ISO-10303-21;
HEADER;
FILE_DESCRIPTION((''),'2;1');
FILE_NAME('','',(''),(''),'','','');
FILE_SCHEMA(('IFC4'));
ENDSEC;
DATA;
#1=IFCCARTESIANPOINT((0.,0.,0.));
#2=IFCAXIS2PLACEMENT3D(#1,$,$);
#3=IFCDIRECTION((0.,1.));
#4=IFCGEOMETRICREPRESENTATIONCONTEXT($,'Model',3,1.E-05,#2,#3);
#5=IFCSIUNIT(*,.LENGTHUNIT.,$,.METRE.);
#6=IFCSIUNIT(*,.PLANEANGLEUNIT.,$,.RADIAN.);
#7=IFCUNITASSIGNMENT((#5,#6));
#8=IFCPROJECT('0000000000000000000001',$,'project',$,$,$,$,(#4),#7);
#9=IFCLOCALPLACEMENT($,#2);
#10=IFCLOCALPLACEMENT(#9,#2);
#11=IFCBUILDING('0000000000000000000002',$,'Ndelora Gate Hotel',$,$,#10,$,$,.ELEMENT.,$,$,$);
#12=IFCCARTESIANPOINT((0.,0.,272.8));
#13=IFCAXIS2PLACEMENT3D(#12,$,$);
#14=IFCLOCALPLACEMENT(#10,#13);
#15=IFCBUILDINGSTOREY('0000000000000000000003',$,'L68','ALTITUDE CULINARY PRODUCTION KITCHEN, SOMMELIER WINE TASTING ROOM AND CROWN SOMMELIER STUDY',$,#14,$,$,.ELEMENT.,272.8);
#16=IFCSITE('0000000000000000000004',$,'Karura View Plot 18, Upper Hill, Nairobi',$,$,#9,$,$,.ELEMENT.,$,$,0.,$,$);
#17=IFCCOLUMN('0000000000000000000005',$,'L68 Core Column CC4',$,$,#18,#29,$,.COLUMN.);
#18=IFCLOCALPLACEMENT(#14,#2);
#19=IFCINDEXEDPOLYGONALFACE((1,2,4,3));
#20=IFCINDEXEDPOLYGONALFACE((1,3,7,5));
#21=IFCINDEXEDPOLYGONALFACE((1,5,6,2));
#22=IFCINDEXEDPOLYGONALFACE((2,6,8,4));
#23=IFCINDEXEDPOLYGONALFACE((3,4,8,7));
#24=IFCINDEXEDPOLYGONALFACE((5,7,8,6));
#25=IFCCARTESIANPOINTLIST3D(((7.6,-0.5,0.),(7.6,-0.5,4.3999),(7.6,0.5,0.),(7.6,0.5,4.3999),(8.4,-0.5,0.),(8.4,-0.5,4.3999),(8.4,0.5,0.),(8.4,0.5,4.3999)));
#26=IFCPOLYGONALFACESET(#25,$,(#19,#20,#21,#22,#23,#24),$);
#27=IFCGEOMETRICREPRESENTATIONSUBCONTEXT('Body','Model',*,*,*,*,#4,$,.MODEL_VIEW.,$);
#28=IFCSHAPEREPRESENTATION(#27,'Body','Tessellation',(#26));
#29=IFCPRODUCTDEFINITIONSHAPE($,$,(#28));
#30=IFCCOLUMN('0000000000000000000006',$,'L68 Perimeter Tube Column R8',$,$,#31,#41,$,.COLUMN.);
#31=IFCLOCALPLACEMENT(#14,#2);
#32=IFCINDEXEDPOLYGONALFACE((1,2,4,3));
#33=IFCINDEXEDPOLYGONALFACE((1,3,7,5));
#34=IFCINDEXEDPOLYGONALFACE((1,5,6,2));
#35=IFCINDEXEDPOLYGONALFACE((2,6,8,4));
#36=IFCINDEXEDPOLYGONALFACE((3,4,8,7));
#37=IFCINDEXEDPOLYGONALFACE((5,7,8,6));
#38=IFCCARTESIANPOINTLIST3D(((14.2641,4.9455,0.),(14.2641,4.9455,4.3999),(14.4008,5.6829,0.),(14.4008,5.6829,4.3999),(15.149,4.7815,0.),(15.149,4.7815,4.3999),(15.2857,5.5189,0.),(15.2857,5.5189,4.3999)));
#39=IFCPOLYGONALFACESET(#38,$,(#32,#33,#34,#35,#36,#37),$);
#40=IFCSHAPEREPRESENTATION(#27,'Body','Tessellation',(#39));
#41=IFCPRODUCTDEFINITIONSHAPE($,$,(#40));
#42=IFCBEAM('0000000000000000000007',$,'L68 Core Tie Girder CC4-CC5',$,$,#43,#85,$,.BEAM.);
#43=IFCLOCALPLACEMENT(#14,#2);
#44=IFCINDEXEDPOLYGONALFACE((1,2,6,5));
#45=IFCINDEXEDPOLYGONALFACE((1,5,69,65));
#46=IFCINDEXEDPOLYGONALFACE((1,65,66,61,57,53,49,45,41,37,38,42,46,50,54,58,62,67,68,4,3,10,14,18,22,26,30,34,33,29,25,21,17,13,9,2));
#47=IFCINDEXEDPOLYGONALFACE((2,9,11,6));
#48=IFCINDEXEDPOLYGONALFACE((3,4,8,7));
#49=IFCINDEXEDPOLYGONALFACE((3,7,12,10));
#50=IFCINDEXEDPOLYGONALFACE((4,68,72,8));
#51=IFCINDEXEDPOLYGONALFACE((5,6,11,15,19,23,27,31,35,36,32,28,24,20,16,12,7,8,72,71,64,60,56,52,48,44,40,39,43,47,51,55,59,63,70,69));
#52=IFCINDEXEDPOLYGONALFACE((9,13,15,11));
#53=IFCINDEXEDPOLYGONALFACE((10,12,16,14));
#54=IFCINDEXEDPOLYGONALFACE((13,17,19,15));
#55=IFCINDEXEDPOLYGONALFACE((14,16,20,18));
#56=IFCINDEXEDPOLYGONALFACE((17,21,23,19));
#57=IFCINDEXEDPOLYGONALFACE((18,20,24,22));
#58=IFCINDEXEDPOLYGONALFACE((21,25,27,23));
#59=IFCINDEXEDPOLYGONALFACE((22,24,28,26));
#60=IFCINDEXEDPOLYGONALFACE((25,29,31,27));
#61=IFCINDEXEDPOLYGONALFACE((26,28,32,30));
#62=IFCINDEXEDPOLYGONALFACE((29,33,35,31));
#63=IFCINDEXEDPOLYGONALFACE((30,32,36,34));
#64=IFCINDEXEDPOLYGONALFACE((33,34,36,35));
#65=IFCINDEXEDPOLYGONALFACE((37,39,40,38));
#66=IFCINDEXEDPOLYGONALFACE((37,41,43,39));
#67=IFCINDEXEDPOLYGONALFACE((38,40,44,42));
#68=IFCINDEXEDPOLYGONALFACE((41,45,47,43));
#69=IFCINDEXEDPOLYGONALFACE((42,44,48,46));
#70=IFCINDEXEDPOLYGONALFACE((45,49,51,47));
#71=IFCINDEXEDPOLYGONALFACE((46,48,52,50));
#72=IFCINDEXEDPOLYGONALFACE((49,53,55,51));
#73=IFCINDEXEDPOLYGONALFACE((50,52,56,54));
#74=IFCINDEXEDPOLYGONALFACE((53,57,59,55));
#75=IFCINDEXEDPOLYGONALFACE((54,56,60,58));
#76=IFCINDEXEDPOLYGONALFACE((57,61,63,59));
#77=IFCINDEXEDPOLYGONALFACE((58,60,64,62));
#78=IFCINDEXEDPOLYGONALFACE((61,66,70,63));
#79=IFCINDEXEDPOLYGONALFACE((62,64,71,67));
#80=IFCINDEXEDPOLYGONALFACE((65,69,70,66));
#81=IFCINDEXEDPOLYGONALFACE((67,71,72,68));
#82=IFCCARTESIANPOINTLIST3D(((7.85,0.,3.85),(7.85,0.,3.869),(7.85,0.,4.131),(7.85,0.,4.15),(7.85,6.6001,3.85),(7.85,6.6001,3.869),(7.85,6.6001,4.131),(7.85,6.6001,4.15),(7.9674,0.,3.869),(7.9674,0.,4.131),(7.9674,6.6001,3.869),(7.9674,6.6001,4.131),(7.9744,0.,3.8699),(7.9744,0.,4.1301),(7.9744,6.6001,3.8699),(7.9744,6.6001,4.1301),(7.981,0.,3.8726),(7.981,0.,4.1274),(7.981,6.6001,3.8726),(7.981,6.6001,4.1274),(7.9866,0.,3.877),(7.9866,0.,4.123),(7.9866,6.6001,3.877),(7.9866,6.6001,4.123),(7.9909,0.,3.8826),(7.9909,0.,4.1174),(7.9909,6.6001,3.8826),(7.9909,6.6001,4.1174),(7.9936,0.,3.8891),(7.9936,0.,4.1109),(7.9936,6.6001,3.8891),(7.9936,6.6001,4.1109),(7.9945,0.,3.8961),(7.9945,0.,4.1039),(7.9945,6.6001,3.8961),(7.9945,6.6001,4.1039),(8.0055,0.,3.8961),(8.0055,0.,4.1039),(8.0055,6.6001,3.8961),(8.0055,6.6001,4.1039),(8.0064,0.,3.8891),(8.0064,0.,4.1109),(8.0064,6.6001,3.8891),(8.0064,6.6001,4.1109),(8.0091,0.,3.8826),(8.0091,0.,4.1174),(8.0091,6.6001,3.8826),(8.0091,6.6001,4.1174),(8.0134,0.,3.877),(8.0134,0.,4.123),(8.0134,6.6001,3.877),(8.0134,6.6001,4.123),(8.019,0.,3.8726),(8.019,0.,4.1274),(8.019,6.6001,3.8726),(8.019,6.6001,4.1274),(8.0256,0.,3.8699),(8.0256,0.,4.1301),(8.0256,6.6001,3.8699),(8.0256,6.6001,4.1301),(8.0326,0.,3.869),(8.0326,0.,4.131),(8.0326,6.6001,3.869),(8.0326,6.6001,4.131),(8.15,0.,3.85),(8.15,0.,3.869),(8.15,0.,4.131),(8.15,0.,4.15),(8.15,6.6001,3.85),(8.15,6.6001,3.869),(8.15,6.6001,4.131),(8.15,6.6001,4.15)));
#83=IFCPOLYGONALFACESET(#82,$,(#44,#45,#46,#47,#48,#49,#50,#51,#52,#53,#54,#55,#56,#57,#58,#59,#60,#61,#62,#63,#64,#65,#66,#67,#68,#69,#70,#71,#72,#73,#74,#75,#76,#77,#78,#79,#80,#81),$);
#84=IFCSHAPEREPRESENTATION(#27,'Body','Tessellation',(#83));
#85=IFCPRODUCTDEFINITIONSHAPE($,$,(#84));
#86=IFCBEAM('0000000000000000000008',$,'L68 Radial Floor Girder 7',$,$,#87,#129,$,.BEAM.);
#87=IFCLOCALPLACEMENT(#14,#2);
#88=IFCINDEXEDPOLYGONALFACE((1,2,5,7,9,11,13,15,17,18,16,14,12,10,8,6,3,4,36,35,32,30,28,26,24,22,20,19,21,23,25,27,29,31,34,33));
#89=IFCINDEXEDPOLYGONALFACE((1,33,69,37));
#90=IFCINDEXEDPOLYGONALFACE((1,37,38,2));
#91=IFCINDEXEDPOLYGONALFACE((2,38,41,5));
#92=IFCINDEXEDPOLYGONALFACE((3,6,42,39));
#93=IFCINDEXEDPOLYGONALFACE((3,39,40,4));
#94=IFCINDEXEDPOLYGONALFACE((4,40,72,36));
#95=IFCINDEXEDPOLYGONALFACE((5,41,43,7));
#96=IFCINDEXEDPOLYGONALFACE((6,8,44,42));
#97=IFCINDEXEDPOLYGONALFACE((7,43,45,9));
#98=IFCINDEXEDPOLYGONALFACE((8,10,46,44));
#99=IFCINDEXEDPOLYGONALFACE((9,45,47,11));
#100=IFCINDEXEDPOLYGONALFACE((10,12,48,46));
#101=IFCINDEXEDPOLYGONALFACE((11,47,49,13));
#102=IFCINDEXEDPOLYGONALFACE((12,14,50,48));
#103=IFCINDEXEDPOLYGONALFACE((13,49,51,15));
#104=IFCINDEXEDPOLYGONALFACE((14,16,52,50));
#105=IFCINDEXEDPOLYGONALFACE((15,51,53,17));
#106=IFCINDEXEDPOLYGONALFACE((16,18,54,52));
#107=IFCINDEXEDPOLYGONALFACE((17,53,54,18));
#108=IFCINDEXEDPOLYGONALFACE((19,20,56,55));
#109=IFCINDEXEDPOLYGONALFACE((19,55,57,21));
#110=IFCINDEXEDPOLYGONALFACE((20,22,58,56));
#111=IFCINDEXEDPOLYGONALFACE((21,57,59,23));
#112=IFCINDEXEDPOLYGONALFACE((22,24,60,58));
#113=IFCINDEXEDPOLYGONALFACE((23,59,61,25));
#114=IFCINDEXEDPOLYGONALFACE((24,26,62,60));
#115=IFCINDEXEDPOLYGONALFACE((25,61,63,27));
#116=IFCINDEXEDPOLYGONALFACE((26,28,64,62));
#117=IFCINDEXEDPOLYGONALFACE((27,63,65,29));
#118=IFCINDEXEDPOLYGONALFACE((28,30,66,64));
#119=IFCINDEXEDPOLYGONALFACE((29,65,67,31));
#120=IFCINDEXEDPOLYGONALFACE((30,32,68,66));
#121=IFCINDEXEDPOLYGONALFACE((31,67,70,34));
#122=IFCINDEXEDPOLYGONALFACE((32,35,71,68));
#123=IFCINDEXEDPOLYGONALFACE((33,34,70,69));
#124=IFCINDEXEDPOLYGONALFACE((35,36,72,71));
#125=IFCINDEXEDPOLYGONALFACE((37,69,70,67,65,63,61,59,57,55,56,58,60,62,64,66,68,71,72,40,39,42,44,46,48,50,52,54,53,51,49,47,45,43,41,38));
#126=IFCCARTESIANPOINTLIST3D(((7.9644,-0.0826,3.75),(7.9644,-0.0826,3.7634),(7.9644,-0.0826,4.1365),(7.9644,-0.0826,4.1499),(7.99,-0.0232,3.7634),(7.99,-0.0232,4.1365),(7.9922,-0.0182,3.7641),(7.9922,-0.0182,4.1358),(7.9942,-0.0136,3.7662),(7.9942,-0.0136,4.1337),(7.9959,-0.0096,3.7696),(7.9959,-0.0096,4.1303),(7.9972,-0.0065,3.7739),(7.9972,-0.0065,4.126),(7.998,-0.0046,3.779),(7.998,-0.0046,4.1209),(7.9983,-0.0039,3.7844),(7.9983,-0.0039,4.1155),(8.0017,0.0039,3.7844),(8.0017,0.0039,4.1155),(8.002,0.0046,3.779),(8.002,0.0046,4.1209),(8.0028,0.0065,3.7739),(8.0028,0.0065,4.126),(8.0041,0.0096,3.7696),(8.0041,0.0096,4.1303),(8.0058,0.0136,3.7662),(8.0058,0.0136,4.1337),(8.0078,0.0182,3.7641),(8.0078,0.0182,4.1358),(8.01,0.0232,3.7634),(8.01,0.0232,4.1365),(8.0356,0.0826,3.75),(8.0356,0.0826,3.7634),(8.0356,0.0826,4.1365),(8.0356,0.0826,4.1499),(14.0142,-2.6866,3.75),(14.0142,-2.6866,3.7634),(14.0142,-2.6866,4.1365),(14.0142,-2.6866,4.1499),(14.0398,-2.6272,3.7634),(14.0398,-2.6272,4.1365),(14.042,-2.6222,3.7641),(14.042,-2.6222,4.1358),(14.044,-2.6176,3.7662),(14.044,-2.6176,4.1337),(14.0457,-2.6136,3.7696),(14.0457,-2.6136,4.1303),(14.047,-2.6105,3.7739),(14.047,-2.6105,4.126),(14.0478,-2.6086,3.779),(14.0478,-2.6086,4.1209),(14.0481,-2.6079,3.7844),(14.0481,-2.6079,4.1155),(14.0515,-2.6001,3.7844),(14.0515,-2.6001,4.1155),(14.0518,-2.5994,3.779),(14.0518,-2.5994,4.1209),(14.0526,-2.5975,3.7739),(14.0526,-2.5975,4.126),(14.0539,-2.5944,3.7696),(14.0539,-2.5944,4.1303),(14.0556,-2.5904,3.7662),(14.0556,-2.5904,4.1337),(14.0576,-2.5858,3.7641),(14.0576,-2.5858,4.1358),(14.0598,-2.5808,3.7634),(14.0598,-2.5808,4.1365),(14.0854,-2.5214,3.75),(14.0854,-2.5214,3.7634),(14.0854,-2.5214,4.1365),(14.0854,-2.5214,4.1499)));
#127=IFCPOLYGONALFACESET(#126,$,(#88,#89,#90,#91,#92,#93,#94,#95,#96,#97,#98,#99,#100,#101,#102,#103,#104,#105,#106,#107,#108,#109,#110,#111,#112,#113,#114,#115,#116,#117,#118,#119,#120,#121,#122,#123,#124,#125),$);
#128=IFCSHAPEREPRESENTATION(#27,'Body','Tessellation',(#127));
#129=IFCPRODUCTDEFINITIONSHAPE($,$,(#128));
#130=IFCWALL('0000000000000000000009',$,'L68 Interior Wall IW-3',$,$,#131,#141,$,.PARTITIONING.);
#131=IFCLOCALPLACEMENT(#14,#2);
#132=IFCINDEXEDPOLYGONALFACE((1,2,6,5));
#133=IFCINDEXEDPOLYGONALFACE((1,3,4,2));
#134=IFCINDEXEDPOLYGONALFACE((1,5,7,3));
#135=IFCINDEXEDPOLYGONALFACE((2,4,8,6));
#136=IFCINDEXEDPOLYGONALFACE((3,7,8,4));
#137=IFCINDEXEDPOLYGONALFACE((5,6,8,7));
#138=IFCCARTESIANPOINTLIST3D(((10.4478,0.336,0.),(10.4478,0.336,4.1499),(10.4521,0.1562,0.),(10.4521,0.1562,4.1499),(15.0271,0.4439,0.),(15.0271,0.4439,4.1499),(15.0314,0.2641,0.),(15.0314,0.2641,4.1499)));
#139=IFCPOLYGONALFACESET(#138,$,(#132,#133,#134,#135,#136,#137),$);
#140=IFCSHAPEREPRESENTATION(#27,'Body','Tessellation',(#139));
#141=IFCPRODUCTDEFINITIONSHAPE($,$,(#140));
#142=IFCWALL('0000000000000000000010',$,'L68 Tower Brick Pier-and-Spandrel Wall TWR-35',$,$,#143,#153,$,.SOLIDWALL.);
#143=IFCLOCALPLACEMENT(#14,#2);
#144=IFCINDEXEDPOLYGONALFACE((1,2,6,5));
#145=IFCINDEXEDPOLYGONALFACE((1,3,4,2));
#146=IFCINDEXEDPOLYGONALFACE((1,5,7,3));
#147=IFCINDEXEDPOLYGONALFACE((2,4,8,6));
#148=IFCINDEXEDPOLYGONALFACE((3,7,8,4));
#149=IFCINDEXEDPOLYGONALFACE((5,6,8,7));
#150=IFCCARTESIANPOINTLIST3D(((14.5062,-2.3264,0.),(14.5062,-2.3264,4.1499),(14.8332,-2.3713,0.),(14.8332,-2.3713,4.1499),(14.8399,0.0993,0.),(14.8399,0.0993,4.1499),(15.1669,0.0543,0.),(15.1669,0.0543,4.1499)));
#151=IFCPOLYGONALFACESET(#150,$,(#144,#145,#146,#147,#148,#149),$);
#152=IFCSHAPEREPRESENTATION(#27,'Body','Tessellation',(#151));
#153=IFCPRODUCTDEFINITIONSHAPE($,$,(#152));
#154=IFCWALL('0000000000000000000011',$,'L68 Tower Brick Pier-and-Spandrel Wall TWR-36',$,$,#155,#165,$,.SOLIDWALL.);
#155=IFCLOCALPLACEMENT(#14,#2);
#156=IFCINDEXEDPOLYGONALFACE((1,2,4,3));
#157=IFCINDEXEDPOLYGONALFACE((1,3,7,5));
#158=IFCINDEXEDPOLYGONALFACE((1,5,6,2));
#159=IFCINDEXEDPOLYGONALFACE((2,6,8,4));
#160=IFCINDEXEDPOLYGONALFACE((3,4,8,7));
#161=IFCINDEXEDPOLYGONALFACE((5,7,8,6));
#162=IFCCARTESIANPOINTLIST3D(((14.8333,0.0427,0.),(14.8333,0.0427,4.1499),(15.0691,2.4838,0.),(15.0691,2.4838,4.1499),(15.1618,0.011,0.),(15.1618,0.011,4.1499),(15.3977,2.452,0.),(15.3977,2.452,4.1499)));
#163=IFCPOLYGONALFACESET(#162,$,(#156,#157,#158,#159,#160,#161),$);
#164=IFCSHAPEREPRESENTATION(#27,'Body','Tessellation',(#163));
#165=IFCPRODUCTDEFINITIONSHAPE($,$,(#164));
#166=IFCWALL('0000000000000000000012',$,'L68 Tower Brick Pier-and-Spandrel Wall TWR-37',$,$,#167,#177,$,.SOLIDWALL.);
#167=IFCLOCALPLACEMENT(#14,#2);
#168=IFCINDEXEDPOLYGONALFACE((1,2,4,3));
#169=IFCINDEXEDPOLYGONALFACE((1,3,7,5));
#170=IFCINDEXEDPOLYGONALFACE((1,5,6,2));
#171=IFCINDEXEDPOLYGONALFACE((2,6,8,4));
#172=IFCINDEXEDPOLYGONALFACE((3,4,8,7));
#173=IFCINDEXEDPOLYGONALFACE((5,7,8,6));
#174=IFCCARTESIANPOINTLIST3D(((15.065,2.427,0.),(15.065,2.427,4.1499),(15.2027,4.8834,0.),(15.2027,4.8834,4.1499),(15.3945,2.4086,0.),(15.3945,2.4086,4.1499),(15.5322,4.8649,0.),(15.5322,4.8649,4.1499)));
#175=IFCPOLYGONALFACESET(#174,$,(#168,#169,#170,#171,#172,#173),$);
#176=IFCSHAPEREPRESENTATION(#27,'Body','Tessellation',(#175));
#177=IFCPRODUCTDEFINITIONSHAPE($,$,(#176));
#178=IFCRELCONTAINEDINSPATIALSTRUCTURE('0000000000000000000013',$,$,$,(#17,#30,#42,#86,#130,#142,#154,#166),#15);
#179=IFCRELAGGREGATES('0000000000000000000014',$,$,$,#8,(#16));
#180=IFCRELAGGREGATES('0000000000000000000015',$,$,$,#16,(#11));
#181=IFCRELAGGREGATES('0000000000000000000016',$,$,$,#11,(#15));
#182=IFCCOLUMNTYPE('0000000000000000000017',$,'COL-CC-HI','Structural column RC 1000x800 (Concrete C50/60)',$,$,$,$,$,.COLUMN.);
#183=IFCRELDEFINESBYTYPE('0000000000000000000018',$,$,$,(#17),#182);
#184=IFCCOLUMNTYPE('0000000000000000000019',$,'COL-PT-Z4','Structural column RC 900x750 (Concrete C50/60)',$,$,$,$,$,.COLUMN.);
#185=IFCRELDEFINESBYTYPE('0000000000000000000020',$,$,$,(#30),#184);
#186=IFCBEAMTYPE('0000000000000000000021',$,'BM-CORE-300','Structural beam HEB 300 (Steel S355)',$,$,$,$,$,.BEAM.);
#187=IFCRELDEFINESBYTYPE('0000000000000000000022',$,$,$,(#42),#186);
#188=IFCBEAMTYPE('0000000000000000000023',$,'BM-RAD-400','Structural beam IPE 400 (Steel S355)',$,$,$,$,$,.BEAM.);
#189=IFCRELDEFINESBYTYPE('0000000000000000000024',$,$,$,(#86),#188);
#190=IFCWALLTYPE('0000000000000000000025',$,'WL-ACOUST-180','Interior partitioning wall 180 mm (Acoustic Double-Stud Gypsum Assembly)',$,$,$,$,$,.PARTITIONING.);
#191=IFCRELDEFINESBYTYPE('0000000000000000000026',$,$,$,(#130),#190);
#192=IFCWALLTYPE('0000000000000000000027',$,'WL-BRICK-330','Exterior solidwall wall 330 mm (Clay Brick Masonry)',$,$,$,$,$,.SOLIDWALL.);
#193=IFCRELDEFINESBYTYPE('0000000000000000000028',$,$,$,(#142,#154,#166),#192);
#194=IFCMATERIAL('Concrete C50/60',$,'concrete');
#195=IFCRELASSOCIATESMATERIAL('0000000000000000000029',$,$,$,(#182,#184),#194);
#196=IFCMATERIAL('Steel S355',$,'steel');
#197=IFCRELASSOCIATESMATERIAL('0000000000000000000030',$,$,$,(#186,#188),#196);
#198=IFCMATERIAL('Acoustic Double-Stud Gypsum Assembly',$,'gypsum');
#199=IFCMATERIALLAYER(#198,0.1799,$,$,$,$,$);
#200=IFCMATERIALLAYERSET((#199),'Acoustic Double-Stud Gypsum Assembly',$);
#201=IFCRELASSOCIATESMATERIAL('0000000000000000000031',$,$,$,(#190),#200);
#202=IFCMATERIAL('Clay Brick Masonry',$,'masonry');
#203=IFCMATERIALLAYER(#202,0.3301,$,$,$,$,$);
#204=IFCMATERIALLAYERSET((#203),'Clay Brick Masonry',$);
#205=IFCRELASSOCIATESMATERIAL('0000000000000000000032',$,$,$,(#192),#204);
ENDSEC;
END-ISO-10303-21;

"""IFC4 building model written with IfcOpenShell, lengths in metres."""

from ifc_helpers import new_model, si_unit, direction, frame, frame_2d, origin, origin_2d, place, context, subcontext, project, spatial, rectangle, i_section, extrude, material, layer, layer_set, material_profile, profile_set, type_object, element, save


model = new_model("IFC4")

# Units and contexts
model_context = context("Model", 3, precision=1e-05, world=origin(), true_north=direction((0.0, 1.0)))
body_context = subcontext(model_context, "Body", "Model", "MODEL_VIEW")
ifc_project = project(units=[si_unit("LENGTHUNIT", "METRE"), si_unit("PLANEANGLEUNIT", "RADIAN")], contexts=[model_context])

# Site, building, storey
site_placement = place(None, origin())
site = spatial("IfcSite", under=ifc_project, at=site_placement, Name="Karura View Plot 18, Upper Hill, Nairobi", CompositionType="ELEMENT", RefElevation=0.0)
building_placement = place(site_placement, origin())
building = spatial("IfcBuilding", under=site, at=building_placement, Name="Ndelora Gate Hotel", CompositionType="ELEMENT")
storey_placement = place(building_placement, frame((0.0, 0.0, 272.8)))
storey = spatial("IfcBuildingStorey", under=building, at=storey_placement, Name="L68", Description="ALTITUDE CULINARY PRODUCTION KITCHEN, SOMMELIER WINE TASTING ROOM AND CROWN SOMMELIER STUDY", CompositionType="ELEMENT", Elevation=272.8)

# Columns
ifc_material_1 = material(Name="Concrete C50/60", Category="concrete")
ifc_material_profile_1 = material_profile(ifc_material_1, rectangle(XDim=0.8, YDim=1.0, at=origin_2d()), Name="RC 1000x800")
ifc_profile_set_1 = profile_set([ifc_material_profile_1], Name="Concrete C50/60")
column_type_1 = type_object("IfcColumnType", Name="COL-CC-HI", Description="Structural column RC 1000x800 (Concrete C50/60)", PredefinedType="COLUMN", material=ifc_profile_set_1)
column_1_placement = place(storey_placement, frame((8.0, 0.0, 0.0), z_axis=(0.0, 0.0, 1.0), x_axis=(1.0, 0.0, 0.0)))
element("IfcColumn", 1, at=column_1_placement, inside=storey, type_object=column_type_1, Name="L68 Core Column CC4", PredefinedType="COLUMN", context=body_context, shape_type="SweptSolid", body=[
    extrude(rectangle(XDim=0.8, YDim=1.0, at=origin_2d()), origin(), (0.0, 0.0, 1.0), 4.3999),
])
ifc_material_profile_2 = material_profile(ifc_material_1, rectangle(XDim=0.75, YDim=0.8999, at=origin_2d()), Name="RC 900x750")
ifc_profile_set_2 = profile_set([ifc_material_profile_2], Name="Concrete C50/60")
column_type_2 = type_object("IfcColumnType", Name="COL-PT-Z4", Description="Structural column RC 900x750 (Concrete C50/60)", PredefinedType="COLUMN", material=ifc_profile_set_2)
column_2_placement = place(storey_placement, frame((14.7749, 5.2322, 0.0), z_axis=(0.0, 0.0, 1.0), x_axis=(0.182236, 0.983255, 0.0)))
element("IfcColumn", 2, at=column_2_placement, inside=storey, type_object=column_type_2, Name="L68 Perimeter Tube Column R8", PredefinedType="COLUMN", context=body_context, shape_type="SweptSolid", body=[
    extrude(rectangle(XDim=0.75, YDim=0.8999, at=origin_2d()), origin(), (0.0, 0.0, 1.0), 4.3999),
])

# Beams
ifc_material_2 = material(Name="Steel S355", Category="steel")
ifc_material_profile_3 = material_profile(ifc_material_2, i_section(OverallWidth=0.3, OverallDepth=0.3, WebThickness=0.011, FlangeThickness=0.019, FilletRadius=0.0271, at=origin_2d()), Name="HEB 300")
ifc_profile_set_3 = profile_set([ifc_material_profile_3], Name="Steel S355")
beam_type_1 = type_object("IfcBeamType", Name="BM-CORE-300", Description="Structural beam HEB 300 (Steel S355)", PredefinedType="BEAM", material=ifc_profile_set_3)
beam_1_placement = place(storey_placement, frame((8.0, 0.0, 4.0), z_axis=(0.0, 1.0, 0.0), x_axis=(-1.0, 0.0, 0.0)))
element("IfcBeam", 3, at=beam_1_placement, inside=storey, type_object=beam_type_1, Name="L68 Core Tie Girder CC4-CC5", PredefinedType="BEAM", context=body_context, shape_type="SweptSolid", body=[
    extrude(i_section(OverallWidth=0.3, OverallDepth=0.3, WebThickness=0.011, FlangeThickness=0.019, FilletRadius=0.0271, at=origin_2d()), origin(), (0.0, 0.0, 1.0), 6.6001),
])
ifc_material_profile_4 = material_profile(ifc_material_2, i_section(OverallWidth=0.1799, OverallDepth=0.3999, WebThickness=0.0085, FlangeThickness=0.0134, FilletRadius=0.021, at=origin_2d()), Name="IPE 400")
ifc_profile_set_4 = profile_set([ifc_material_profile_4], Name="Steel S355")
beam_type_2 = type_object("IfcBeamType", Name="BM-RAD-400", Description="Structural beam IPE 400 (Steel S355)", PredefinedType="BEAM", material=ifc_profile_set_4)
beam_2_placement = place(storey_placement, frame((8.0, 0.0, 3.95), z_axis=(0.918527, -0.395359, 0.0), x_axis=(0.395359, 0.918527, 0.0)))
element("IfcBeam", 4, at=beam_2_placement, inside=storey, type_object=beam_type_2, Name="L68 Radial Floor Girder 7", PredefinedType="BEAM", context=body_context, shape_type="SweptSolid", body=[
    extrude(i_section(OverallWidth=0.1799, OverallDepth=0.3999, WebThickness=0.0085, FlangeThickness=0.0134, FilletRadius=0.021, at=origin_2d()), origin(), (0.0, 0.0, 1.0), 6.5864),
])

# Walls
ifc_material_3 = material(Name="Acoustic Double-Stud Gypsum Assembly", Category="gypsum")
ifc_layer_1 = layer(ifc_material_3, 0.1799)
ifc_layer_set_1 = layer_set([ifc_layer_1], Name="Acoustic Double-Stud Gypsum Assembly")
wall_type_1 = type_object("IfcWallType", Name="WL-ACOUST-180", Description="Interior partitioning wall 180 mm (Acoustic Double-Stud Gypsum Assembly)", PredefinedType="PARTITIONING", material=ifc_layer_set_1)
wall_1_placement = place(storey_placement, frame((10.45, 0.2461, 0.0), z_axis=(0.0, 0.0, 1.0), x_axis=(0.999722, 0.023558, 0.0)))
element("IfcWall", 5, at=wall_1_placement, inside=storey, type_object=wall_type_1, Name="L68 Interior Wall IW-3", PredefinedType="PARTITIONING", context=body_context, shape_type="SweptSolid", body=[
    extrude(rectangle(XDim=4.5806, YDim=0.1799, at=frame_2d((2.2903, 0.0))), origin(), (0.0, 0.0, 1.0), 4.1499),
])
ifc_material_4 = material(Name="Clay Brick Masonry", Category="masonry")
ifc_layer_2 = layer(ifc_material_4, 0.3301)
ifc_layer_set_2 = layer_set([ifc_layer_2], Name="Clay Brick Masonry")
wall_type_2 = type_object("IfcWallType", Name="WL-BRICK-330", Description="Exterior solidwall wall 330 mm (Clay Brick Masonry)", PredefinedType="SOLIDWALL", material=ifc_layer_set_2)
wall_2_placement = place(storey_placement, frame((15.0034, 0.0767, 0.0), z_axis=(0.0, 0.0, 1.0), x_axis=(-0.13631, -0.990666, 0.0)))
element("IfcWall", 6, at=wall_2_placement, inside=storey, type_object=wall_type_2, Name="L68 Tower Brick Pier-and-Spandrel Wall TWR-35", PredefinedType="SOLIDWALL", context=body_context, shape_type="SweptSolid", body=[
    extrude(rectangle(XDim=2.4485, YDim=0.3301, at=frame_2d((1.2241, 0.0))), origin(), (0.0, 0.0, 1.0), 4.1499),
])
wall_3_placement = place(storey_placement, frame((15.2334, 2.4678, 0.0), z_axis=(0.0, 0.0, 1.0), x_axis=(-0.096171, -0.995365, 0.0)))
element("IfcWall", 7, at=wall_3_placement, inside=storey, type_object=wall_type_2, Name="L68 Tower Brick Pier-and-Spandrel Wall TWR-36", PredefinedType="SOLIDWALL", context=body_context, shape_type="SweptSolid", body=[
    extrude(rectangle(XDim=2.4524, YDim=0.3301, at=frame_2d((1.2261, 0.0))), origin(), (0.0, 0.0, 1.0), 4.1499),
])
wall_4_placement = place(storey_placement, frame((15.3674, 4.874, 0.0), z_axis=(0.0, 0.0, 1.0), x_axis=(-0.05597, -0.998432, 0.0)))
element("IfcWall", 8, at=wall_4_placement, inside=storey, type_object=wall_type_2, Name="L68 Tower Brick Pier-and-Spandrel Wall TWR-37", PredefinedType="SOLIDWALL", context=body_context, shape_type="SweptSolid", body=[
    extrude(rectangle(XDim=2.4602, YDim=0.3301, at=frame_2d((1.23, 0.0))), origin(), (0.0, 0.0, 1.0), 4.1499),
])

save(model, "model.ifc")
